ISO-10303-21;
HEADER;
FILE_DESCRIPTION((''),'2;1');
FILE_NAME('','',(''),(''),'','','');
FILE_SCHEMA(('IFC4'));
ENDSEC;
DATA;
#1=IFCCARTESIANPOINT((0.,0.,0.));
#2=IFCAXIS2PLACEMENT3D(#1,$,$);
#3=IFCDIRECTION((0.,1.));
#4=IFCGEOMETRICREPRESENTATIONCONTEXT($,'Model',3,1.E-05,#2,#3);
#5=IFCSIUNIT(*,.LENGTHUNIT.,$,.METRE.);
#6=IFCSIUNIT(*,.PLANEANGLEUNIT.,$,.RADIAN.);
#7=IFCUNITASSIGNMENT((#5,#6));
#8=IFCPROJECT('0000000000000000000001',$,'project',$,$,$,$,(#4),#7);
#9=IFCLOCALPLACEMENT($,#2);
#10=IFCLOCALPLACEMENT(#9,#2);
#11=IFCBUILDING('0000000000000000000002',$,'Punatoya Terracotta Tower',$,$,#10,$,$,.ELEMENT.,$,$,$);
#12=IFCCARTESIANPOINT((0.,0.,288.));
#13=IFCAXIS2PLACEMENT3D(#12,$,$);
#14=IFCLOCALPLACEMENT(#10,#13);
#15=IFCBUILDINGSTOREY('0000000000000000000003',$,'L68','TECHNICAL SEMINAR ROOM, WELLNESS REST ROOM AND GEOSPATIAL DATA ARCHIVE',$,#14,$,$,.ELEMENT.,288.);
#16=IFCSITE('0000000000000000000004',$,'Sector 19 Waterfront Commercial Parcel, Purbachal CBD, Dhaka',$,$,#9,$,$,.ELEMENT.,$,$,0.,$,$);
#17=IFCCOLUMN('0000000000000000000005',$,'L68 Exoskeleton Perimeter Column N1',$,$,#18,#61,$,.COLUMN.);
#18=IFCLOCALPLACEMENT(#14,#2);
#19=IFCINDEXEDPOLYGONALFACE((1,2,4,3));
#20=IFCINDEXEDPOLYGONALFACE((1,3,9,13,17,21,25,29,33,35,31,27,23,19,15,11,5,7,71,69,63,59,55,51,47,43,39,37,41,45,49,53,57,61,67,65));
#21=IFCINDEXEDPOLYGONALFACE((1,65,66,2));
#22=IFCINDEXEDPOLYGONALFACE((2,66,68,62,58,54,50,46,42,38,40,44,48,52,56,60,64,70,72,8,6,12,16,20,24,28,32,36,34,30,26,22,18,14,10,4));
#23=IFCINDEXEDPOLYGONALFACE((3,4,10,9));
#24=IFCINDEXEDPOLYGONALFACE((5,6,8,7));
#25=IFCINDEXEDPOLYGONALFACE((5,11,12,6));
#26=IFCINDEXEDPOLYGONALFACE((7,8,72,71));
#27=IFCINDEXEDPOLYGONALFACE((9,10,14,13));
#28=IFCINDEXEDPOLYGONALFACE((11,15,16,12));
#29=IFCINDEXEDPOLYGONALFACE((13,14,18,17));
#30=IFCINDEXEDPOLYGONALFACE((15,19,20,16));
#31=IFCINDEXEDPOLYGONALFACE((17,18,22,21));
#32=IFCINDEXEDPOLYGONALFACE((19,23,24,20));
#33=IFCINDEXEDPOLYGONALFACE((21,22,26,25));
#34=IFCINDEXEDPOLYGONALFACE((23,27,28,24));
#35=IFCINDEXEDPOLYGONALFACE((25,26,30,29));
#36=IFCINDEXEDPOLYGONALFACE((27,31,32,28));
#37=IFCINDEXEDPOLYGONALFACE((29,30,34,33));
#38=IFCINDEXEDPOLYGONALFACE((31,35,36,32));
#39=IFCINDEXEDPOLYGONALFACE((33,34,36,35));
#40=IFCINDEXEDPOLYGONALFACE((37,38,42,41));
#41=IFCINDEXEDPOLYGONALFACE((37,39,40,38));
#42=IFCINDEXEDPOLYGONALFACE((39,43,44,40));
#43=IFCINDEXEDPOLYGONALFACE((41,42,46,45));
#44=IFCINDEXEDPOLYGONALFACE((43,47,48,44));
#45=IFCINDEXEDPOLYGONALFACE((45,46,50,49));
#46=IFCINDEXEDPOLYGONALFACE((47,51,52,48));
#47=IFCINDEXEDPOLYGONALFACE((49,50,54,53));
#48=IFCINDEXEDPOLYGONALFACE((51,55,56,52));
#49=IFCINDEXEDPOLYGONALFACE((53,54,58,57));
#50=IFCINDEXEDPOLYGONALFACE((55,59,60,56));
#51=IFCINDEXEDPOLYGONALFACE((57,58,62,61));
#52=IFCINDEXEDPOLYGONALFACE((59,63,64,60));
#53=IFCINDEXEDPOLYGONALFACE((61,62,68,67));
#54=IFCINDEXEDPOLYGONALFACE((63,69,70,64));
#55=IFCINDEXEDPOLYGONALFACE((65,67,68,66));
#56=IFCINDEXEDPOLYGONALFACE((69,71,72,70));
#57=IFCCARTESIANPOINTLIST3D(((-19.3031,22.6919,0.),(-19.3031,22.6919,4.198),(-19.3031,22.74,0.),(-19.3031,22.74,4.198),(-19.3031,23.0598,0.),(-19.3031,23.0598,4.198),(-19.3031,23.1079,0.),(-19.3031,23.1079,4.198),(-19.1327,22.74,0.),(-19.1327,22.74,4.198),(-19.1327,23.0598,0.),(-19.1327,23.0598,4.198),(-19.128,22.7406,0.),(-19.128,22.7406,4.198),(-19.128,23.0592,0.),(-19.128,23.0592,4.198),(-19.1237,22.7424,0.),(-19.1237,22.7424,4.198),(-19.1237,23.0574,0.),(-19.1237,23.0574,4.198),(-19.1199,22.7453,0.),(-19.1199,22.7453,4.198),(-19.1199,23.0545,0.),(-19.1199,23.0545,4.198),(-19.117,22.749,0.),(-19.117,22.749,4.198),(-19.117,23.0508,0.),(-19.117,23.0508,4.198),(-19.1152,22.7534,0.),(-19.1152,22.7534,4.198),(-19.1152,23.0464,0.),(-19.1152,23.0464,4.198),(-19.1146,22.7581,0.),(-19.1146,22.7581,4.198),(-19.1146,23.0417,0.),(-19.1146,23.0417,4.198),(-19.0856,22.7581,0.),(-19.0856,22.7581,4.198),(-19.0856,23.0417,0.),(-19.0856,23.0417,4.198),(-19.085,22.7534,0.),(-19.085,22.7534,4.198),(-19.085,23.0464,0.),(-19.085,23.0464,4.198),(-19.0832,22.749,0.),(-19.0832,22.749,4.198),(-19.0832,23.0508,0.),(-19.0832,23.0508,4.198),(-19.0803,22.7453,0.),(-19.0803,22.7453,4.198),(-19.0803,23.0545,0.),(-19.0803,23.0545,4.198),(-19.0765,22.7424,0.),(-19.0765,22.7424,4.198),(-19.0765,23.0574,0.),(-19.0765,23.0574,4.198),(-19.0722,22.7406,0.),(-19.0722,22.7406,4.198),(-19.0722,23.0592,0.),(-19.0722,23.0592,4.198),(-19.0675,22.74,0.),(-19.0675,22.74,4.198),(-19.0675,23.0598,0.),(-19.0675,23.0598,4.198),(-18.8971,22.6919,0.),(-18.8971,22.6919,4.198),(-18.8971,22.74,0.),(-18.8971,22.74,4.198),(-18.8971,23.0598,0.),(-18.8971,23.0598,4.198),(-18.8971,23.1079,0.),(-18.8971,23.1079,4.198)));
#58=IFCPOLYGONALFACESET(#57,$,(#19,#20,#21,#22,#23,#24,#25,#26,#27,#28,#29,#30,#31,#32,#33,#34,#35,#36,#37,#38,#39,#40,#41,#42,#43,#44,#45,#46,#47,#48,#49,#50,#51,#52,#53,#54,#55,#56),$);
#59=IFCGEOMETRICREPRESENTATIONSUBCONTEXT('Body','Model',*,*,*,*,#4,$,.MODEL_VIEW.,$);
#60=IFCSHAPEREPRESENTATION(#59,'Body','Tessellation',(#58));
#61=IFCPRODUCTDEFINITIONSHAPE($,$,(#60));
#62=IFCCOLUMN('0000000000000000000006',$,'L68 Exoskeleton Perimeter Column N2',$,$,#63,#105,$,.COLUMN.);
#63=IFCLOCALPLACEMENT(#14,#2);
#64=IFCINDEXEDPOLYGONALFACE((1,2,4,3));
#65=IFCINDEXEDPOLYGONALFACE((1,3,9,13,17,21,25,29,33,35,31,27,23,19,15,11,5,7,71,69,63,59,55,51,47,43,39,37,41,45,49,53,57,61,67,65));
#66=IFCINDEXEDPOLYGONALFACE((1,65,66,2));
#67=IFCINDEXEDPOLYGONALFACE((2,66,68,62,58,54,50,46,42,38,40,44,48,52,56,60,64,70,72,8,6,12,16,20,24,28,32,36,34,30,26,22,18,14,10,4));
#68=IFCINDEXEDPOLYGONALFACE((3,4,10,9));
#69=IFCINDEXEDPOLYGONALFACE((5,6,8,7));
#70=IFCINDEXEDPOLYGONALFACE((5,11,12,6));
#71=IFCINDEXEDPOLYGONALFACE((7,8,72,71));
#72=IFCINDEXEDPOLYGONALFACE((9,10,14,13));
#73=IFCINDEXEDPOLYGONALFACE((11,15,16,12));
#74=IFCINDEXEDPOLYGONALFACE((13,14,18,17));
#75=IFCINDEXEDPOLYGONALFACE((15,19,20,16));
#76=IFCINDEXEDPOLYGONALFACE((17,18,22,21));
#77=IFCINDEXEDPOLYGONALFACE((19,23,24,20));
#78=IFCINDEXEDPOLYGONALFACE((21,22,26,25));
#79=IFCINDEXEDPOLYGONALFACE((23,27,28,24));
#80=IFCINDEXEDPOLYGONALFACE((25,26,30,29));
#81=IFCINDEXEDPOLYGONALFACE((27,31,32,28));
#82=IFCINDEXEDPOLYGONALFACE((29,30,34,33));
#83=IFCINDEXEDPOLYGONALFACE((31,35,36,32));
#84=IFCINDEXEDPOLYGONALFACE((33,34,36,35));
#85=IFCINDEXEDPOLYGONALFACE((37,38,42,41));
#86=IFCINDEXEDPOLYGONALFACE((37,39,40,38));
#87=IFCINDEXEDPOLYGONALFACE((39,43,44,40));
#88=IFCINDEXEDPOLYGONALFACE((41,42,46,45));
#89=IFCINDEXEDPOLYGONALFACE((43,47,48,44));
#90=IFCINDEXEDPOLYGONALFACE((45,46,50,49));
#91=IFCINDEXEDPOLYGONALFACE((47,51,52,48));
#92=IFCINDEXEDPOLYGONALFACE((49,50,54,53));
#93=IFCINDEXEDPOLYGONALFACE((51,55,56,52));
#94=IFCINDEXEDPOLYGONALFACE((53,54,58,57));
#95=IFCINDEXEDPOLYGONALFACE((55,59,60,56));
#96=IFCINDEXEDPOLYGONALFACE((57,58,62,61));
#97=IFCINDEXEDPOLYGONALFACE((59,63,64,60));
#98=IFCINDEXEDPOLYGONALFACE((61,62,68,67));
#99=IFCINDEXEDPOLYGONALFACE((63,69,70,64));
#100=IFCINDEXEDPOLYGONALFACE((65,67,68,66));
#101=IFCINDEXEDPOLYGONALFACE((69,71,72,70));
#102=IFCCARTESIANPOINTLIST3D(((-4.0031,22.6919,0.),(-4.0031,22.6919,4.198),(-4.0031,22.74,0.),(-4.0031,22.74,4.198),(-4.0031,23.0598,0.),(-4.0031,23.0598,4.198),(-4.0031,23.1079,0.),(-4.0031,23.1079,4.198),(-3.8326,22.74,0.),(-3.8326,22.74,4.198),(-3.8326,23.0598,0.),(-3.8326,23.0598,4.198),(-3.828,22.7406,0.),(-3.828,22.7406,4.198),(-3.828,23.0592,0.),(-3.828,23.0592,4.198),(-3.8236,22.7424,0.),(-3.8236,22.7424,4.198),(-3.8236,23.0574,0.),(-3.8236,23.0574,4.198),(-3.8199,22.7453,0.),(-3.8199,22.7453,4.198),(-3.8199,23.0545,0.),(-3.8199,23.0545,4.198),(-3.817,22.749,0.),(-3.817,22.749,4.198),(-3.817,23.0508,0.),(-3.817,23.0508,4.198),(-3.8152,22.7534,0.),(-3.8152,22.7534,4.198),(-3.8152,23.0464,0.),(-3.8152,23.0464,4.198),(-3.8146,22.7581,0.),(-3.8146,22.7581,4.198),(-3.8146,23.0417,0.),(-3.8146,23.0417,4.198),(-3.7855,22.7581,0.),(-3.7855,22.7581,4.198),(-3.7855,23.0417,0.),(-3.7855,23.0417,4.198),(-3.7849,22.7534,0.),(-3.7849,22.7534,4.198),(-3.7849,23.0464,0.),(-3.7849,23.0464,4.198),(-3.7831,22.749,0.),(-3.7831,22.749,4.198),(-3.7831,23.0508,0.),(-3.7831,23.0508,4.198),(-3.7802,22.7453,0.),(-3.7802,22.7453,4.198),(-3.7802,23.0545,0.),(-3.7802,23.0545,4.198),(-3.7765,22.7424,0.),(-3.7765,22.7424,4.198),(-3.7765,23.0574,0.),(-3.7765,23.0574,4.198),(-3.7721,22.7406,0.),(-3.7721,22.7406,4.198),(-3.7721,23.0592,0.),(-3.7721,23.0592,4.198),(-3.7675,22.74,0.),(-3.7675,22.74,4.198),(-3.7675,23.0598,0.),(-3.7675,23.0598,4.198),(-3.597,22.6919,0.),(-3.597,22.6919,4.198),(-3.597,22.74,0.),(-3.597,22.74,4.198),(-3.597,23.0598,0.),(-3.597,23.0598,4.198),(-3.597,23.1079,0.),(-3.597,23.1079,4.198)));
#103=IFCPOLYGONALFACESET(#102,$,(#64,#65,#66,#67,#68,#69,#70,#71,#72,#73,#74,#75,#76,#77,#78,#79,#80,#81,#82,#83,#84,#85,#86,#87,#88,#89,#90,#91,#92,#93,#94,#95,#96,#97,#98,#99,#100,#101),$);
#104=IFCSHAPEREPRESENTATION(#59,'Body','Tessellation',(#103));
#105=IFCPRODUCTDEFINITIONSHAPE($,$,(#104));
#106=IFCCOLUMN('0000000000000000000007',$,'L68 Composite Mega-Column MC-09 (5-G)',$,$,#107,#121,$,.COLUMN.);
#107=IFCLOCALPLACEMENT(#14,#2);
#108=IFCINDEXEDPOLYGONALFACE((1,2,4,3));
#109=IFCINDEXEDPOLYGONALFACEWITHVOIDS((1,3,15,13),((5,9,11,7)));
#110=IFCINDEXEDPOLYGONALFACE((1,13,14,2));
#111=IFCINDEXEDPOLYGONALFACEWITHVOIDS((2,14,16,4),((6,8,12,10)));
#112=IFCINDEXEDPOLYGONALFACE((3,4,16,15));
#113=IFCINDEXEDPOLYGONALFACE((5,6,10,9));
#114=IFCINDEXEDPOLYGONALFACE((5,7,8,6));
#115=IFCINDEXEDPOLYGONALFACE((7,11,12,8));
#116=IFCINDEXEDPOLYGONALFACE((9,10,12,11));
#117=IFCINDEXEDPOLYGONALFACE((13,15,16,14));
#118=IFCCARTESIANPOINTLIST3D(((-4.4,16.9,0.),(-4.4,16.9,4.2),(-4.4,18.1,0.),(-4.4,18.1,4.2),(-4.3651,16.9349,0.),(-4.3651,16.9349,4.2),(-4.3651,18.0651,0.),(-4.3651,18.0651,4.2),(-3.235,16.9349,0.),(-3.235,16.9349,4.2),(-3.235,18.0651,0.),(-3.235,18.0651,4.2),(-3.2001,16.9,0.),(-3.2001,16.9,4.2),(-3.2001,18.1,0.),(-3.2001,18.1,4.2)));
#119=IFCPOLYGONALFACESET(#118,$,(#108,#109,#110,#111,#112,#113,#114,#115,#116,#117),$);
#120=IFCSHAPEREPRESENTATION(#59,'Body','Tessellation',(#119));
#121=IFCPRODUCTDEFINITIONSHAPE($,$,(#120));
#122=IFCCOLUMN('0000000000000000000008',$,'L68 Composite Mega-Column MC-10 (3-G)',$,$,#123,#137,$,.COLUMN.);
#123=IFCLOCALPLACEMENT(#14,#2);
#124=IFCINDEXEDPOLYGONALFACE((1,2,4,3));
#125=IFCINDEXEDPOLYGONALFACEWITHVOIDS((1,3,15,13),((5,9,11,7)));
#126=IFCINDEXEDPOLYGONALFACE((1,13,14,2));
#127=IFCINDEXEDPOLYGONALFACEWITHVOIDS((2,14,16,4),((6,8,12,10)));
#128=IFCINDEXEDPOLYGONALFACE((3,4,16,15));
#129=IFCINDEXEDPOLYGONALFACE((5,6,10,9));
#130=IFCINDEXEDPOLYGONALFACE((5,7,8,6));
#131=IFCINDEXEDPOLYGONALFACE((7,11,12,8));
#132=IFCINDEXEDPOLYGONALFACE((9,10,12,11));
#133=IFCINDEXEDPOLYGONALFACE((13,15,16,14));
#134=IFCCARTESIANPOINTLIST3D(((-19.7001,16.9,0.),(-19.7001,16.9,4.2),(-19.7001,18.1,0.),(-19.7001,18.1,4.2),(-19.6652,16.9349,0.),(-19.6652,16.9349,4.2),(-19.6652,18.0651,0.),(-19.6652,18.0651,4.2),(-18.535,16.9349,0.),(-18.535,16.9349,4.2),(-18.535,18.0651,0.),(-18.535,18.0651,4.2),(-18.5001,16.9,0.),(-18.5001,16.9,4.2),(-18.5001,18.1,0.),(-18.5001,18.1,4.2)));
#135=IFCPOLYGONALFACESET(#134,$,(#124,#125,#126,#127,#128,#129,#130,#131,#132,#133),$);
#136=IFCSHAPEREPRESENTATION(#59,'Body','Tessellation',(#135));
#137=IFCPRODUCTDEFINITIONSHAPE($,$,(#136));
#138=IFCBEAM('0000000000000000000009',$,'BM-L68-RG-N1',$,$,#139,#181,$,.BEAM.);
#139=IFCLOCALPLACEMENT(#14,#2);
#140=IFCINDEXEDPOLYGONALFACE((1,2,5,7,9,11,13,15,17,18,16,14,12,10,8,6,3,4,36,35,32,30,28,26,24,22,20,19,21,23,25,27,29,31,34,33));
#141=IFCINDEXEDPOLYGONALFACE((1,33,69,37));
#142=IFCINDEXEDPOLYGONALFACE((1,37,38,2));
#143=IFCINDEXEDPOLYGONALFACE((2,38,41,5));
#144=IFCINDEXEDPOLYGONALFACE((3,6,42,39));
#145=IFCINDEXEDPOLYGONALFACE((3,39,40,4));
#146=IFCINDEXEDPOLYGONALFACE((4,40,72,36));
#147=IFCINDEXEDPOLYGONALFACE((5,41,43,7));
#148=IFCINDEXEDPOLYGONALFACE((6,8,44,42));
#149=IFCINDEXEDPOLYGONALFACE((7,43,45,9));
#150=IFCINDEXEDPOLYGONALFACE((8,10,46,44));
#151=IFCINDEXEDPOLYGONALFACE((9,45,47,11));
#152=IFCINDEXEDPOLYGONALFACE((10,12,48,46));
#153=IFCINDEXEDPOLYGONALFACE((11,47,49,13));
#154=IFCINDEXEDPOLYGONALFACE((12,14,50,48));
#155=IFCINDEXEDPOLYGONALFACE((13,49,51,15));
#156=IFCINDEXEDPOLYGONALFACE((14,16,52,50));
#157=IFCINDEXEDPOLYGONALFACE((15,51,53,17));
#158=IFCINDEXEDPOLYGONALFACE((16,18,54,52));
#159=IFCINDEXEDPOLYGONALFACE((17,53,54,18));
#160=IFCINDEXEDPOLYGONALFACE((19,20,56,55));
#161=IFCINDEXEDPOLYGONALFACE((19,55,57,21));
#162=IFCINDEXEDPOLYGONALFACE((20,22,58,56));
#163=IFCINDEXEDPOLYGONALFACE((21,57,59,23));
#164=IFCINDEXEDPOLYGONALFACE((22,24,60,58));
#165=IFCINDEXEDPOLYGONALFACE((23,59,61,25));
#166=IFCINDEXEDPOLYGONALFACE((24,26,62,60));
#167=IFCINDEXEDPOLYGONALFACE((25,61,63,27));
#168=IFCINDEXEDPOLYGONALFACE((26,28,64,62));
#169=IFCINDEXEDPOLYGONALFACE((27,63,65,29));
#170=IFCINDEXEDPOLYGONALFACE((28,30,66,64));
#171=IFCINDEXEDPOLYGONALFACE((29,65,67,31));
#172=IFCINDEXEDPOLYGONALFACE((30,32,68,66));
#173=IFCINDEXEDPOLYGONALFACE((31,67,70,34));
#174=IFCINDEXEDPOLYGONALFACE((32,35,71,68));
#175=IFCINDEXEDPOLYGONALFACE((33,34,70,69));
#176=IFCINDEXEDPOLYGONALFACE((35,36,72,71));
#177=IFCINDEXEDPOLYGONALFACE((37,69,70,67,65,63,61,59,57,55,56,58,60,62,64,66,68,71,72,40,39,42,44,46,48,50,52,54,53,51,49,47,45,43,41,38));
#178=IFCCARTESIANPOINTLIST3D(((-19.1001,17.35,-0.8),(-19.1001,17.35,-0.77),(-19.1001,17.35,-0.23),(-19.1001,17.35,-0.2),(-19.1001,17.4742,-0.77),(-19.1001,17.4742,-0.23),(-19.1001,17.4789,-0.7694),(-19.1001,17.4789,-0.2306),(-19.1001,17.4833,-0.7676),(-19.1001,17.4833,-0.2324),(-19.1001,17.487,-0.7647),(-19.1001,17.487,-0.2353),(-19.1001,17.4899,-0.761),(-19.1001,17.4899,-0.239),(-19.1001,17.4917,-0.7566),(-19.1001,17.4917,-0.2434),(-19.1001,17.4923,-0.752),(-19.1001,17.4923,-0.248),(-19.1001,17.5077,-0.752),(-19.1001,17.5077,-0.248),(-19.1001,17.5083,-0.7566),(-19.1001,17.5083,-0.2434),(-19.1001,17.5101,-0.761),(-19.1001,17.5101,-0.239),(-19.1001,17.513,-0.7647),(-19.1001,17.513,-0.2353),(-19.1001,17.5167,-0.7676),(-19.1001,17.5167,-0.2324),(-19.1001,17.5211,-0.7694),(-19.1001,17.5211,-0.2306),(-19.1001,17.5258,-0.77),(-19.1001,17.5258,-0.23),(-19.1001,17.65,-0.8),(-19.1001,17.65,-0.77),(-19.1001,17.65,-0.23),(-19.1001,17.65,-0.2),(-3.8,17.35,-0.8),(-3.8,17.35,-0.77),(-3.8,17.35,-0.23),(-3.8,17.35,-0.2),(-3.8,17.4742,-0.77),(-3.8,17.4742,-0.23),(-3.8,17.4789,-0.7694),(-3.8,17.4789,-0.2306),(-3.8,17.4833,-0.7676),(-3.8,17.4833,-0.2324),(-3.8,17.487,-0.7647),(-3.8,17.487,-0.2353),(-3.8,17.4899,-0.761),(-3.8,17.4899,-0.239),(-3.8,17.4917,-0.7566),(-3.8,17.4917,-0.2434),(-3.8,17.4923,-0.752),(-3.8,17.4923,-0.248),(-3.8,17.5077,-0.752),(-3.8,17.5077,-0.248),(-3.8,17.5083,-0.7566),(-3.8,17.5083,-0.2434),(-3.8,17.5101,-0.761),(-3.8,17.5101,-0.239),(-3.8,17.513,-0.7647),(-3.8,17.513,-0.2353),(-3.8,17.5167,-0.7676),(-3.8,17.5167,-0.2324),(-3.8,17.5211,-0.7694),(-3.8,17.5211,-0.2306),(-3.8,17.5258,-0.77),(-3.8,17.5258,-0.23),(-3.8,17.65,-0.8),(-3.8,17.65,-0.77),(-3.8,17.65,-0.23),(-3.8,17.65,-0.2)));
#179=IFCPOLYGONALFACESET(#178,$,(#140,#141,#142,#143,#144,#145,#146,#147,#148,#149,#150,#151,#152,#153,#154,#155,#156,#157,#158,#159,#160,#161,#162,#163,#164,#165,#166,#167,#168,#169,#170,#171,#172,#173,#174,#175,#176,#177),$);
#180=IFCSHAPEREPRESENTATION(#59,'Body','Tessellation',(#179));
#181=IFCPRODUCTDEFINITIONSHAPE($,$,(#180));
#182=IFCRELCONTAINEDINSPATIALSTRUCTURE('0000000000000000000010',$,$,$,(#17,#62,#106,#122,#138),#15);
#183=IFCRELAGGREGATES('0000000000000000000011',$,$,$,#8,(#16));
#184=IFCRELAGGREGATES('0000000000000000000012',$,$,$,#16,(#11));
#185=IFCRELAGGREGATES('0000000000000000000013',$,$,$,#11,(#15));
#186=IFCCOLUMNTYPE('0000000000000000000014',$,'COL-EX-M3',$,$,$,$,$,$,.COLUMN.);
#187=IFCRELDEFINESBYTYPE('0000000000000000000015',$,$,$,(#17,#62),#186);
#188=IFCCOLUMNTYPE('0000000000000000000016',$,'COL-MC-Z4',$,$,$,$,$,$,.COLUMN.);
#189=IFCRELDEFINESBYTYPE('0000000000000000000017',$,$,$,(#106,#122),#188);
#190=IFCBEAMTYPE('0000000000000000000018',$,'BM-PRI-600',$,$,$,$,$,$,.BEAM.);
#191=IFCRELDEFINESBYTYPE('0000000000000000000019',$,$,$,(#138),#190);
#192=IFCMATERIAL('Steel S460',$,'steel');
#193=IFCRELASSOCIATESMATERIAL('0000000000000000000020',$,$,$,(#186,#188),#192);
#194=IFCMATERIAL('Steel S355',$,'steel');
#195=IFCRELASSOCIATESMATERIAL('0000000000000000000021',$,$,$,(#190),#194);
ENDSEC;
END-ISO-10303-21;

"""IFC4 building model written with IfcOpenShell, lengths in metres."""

from ifc_helpers import new_model, si_unit, direction, frame, origin, origin_2d, place, context, subcontext, project, spatial, hollow_rectangle, i_section, extrude, material, material_profile, profile_set, type_object, element, save


model = new_model("IFC4")

# Units and contexts
model_context = context("Model", 3, precision=1e-05, world=origin(), true_north=direction((0.0, 1.0)))
body_context = subcontext(model_context, "Body", "Model", "MODEL_VIEW")
ifc_project = project(units=[si_unit("LENGTHUNIT", "METRE"), si_unit("PLANEANGLEUNIT", "RADIAN")], contexts=[model_context])

# Site, building, storey
site_placement = place(None, origin())
site = spatial("IfcSite", under=ifc_project, at=site_placement, Name="Sector 19 Waterfront Commercial Parcel, Purbachal CBD, Dhaka", CompositionType="ELEMENT", RefElevation=0.0)
building_placement = place(site_placement, origin())
building = spatial("IfcBuilding", under=site, at=building_placement, Name="Punatoya Terracotta Tower", CompositionType="ELEMENT")
storey_placement = place(building_placement, frame((0.0, 0.0, 288.0)))
storey = spatial("IfcBuildingStorey", under=building, at=storey_placement, Name="L68", Description="TECHNICAL SEMINAR ROOM, WELLNESS REST ROOM AND GEOSPATIAL DATA ARCHIVE", CompositionType="ELEMENT", Elevation=288.0)

# Columns
ifc_material_1 = material(Name="Steel S460", Category="steel")
ifc_material_profile_1 = material_profile(ifc_material_1, i_section(OverallWidth=0.406, OverallDepth=0.416, WebThickness=0.0291, FlangeThickness=0.0481, FilletRadius=0.0181, at=origin_2d()))
ifc_profile_set_1 = profile_set([ifc_material_profile_1], Name="Steel S460")
column_type_1 = type_object("IfcColumnType", Name="COL-EX-M3", PredefinedType="COLUMN", material=ifc_profile_set_1)
for number, where, z_axis, x_axis, name in (
    (1, (-19.1001, 22.8999, 0.0), (0.0, 0.0, 1.0), (1.0, 0.0, 0.0), "L68 Exoskeleton Perimeter Column N1"),
    (2, (-3.8, 22.8999, 0.0), (0.0, 0.0, 1.0), (1.0, 0.0, 0.0), "L68 Exoskeleton Perimeter Column N2"),
):
    element("IfcColumn", number, at=place(storey_placement, frame(where, z_axis=z_axis, x_axis=x_axis)), inside=storey, type_object=column_type_1, Name=name, PredefinedType="COLUMN", context=body_context, shape_type="SweptSolid", body=[
        extrude(i_section(OverallWidth=0.406, OverallDepth=0.416, WebThickness=0.0291, FlangeThickness=0.0481, FilletRadius=0.0181, at=origin_2d()), origin(), (0.0, 0.0, 1.0), 4.198),
    ])
ifc_material_profile_2 = material_profile(ifc_material_1, hollow_rectangle(XDim=1.2, YDim=1.2, WallThickness=0.0349, at=origin_2d()))
ifc_profile_set_2 = profile_set([ifc_material_profile_2], Name="Steel S460")
column_type_2 = type_object("IfcColumnType", Name="COL-MC-Z4", PredefinedType="COLUMN", material=ifc_profile_set_2)
for number, where, z_axis, x_axis, name in (
    (3, (-3.8, 17.5, 0.0), (0.0, 0.0, 1.0), (1.0, 0.0, 0.0), "L68 Composite Mega-Column MC-09 (5-G)"),
    (4, (-19.1001, 17.5, 0.0), (0.0, 0.0, 1.0), (1.0, 0.0, 0.0), "L68 Composite Mega-Column MC-10 (3-G)"),
):
    element("IfcColumn", number, at=place(storey_placement, frame(where, z_axis=z_axis, x_axis=x_axis)), inside=storey, type_object=column_type_2, Name=name, PredefinedType="COLUMN", context=body_context, shape_type="SweptSolid", body=[
        extrude(hollow_rectangle(XDim=1.2, YDim=1.2, WallThickness=0.0349, at=origin_2d()), origin(), (0.0, 0.0, 1.0), 4.2),
    ])

# Beam
ifc_material_2 = material(Name="Steel S355", Category="steel")
ifc_material_profile_3 = material_profile(ifc_material_2, i_section(OverallWidth=0.3, OverallDepth=0.6001, WebThickness=0.0154, FlangeThickness=0.03, FilletRadius=0.0181, at=origin_2d()))
ifc_profile_set_3 = profile_set([ifc_material_profile_3], Name="Steel S355")
beam_type_1 = type_object("IfcBeamType", Name="BM-PRI-600", PredefinedType="BEAM", material=ifc_profile_set_3)
beam_1_placement = place(storey_placement, frame((-19.1001, 17.5, -0.5), z_axis=(1.0, 0.0, 0.0), x_axis=(0.0, 1.0, 0.0)))
element("IfcBeam", 5, at=beam_1_placement, inside=storey, type_object=beam_type_1, Name="BM-L68-RG-N1", PredefinedType="BEAM", context=body_context, shape_type="SweptSolid", body=[
    extrude(i_section(OverallWidth=0.3, OverallDepth=0.6001, WebThickness=0.0154, FlangeThickness=0.03, FilletRadius=0.0181, at=origin_2d()), origin(), (0.0, 0.0, 1.0), 15.3),
])

save(model, "model.ifc")
